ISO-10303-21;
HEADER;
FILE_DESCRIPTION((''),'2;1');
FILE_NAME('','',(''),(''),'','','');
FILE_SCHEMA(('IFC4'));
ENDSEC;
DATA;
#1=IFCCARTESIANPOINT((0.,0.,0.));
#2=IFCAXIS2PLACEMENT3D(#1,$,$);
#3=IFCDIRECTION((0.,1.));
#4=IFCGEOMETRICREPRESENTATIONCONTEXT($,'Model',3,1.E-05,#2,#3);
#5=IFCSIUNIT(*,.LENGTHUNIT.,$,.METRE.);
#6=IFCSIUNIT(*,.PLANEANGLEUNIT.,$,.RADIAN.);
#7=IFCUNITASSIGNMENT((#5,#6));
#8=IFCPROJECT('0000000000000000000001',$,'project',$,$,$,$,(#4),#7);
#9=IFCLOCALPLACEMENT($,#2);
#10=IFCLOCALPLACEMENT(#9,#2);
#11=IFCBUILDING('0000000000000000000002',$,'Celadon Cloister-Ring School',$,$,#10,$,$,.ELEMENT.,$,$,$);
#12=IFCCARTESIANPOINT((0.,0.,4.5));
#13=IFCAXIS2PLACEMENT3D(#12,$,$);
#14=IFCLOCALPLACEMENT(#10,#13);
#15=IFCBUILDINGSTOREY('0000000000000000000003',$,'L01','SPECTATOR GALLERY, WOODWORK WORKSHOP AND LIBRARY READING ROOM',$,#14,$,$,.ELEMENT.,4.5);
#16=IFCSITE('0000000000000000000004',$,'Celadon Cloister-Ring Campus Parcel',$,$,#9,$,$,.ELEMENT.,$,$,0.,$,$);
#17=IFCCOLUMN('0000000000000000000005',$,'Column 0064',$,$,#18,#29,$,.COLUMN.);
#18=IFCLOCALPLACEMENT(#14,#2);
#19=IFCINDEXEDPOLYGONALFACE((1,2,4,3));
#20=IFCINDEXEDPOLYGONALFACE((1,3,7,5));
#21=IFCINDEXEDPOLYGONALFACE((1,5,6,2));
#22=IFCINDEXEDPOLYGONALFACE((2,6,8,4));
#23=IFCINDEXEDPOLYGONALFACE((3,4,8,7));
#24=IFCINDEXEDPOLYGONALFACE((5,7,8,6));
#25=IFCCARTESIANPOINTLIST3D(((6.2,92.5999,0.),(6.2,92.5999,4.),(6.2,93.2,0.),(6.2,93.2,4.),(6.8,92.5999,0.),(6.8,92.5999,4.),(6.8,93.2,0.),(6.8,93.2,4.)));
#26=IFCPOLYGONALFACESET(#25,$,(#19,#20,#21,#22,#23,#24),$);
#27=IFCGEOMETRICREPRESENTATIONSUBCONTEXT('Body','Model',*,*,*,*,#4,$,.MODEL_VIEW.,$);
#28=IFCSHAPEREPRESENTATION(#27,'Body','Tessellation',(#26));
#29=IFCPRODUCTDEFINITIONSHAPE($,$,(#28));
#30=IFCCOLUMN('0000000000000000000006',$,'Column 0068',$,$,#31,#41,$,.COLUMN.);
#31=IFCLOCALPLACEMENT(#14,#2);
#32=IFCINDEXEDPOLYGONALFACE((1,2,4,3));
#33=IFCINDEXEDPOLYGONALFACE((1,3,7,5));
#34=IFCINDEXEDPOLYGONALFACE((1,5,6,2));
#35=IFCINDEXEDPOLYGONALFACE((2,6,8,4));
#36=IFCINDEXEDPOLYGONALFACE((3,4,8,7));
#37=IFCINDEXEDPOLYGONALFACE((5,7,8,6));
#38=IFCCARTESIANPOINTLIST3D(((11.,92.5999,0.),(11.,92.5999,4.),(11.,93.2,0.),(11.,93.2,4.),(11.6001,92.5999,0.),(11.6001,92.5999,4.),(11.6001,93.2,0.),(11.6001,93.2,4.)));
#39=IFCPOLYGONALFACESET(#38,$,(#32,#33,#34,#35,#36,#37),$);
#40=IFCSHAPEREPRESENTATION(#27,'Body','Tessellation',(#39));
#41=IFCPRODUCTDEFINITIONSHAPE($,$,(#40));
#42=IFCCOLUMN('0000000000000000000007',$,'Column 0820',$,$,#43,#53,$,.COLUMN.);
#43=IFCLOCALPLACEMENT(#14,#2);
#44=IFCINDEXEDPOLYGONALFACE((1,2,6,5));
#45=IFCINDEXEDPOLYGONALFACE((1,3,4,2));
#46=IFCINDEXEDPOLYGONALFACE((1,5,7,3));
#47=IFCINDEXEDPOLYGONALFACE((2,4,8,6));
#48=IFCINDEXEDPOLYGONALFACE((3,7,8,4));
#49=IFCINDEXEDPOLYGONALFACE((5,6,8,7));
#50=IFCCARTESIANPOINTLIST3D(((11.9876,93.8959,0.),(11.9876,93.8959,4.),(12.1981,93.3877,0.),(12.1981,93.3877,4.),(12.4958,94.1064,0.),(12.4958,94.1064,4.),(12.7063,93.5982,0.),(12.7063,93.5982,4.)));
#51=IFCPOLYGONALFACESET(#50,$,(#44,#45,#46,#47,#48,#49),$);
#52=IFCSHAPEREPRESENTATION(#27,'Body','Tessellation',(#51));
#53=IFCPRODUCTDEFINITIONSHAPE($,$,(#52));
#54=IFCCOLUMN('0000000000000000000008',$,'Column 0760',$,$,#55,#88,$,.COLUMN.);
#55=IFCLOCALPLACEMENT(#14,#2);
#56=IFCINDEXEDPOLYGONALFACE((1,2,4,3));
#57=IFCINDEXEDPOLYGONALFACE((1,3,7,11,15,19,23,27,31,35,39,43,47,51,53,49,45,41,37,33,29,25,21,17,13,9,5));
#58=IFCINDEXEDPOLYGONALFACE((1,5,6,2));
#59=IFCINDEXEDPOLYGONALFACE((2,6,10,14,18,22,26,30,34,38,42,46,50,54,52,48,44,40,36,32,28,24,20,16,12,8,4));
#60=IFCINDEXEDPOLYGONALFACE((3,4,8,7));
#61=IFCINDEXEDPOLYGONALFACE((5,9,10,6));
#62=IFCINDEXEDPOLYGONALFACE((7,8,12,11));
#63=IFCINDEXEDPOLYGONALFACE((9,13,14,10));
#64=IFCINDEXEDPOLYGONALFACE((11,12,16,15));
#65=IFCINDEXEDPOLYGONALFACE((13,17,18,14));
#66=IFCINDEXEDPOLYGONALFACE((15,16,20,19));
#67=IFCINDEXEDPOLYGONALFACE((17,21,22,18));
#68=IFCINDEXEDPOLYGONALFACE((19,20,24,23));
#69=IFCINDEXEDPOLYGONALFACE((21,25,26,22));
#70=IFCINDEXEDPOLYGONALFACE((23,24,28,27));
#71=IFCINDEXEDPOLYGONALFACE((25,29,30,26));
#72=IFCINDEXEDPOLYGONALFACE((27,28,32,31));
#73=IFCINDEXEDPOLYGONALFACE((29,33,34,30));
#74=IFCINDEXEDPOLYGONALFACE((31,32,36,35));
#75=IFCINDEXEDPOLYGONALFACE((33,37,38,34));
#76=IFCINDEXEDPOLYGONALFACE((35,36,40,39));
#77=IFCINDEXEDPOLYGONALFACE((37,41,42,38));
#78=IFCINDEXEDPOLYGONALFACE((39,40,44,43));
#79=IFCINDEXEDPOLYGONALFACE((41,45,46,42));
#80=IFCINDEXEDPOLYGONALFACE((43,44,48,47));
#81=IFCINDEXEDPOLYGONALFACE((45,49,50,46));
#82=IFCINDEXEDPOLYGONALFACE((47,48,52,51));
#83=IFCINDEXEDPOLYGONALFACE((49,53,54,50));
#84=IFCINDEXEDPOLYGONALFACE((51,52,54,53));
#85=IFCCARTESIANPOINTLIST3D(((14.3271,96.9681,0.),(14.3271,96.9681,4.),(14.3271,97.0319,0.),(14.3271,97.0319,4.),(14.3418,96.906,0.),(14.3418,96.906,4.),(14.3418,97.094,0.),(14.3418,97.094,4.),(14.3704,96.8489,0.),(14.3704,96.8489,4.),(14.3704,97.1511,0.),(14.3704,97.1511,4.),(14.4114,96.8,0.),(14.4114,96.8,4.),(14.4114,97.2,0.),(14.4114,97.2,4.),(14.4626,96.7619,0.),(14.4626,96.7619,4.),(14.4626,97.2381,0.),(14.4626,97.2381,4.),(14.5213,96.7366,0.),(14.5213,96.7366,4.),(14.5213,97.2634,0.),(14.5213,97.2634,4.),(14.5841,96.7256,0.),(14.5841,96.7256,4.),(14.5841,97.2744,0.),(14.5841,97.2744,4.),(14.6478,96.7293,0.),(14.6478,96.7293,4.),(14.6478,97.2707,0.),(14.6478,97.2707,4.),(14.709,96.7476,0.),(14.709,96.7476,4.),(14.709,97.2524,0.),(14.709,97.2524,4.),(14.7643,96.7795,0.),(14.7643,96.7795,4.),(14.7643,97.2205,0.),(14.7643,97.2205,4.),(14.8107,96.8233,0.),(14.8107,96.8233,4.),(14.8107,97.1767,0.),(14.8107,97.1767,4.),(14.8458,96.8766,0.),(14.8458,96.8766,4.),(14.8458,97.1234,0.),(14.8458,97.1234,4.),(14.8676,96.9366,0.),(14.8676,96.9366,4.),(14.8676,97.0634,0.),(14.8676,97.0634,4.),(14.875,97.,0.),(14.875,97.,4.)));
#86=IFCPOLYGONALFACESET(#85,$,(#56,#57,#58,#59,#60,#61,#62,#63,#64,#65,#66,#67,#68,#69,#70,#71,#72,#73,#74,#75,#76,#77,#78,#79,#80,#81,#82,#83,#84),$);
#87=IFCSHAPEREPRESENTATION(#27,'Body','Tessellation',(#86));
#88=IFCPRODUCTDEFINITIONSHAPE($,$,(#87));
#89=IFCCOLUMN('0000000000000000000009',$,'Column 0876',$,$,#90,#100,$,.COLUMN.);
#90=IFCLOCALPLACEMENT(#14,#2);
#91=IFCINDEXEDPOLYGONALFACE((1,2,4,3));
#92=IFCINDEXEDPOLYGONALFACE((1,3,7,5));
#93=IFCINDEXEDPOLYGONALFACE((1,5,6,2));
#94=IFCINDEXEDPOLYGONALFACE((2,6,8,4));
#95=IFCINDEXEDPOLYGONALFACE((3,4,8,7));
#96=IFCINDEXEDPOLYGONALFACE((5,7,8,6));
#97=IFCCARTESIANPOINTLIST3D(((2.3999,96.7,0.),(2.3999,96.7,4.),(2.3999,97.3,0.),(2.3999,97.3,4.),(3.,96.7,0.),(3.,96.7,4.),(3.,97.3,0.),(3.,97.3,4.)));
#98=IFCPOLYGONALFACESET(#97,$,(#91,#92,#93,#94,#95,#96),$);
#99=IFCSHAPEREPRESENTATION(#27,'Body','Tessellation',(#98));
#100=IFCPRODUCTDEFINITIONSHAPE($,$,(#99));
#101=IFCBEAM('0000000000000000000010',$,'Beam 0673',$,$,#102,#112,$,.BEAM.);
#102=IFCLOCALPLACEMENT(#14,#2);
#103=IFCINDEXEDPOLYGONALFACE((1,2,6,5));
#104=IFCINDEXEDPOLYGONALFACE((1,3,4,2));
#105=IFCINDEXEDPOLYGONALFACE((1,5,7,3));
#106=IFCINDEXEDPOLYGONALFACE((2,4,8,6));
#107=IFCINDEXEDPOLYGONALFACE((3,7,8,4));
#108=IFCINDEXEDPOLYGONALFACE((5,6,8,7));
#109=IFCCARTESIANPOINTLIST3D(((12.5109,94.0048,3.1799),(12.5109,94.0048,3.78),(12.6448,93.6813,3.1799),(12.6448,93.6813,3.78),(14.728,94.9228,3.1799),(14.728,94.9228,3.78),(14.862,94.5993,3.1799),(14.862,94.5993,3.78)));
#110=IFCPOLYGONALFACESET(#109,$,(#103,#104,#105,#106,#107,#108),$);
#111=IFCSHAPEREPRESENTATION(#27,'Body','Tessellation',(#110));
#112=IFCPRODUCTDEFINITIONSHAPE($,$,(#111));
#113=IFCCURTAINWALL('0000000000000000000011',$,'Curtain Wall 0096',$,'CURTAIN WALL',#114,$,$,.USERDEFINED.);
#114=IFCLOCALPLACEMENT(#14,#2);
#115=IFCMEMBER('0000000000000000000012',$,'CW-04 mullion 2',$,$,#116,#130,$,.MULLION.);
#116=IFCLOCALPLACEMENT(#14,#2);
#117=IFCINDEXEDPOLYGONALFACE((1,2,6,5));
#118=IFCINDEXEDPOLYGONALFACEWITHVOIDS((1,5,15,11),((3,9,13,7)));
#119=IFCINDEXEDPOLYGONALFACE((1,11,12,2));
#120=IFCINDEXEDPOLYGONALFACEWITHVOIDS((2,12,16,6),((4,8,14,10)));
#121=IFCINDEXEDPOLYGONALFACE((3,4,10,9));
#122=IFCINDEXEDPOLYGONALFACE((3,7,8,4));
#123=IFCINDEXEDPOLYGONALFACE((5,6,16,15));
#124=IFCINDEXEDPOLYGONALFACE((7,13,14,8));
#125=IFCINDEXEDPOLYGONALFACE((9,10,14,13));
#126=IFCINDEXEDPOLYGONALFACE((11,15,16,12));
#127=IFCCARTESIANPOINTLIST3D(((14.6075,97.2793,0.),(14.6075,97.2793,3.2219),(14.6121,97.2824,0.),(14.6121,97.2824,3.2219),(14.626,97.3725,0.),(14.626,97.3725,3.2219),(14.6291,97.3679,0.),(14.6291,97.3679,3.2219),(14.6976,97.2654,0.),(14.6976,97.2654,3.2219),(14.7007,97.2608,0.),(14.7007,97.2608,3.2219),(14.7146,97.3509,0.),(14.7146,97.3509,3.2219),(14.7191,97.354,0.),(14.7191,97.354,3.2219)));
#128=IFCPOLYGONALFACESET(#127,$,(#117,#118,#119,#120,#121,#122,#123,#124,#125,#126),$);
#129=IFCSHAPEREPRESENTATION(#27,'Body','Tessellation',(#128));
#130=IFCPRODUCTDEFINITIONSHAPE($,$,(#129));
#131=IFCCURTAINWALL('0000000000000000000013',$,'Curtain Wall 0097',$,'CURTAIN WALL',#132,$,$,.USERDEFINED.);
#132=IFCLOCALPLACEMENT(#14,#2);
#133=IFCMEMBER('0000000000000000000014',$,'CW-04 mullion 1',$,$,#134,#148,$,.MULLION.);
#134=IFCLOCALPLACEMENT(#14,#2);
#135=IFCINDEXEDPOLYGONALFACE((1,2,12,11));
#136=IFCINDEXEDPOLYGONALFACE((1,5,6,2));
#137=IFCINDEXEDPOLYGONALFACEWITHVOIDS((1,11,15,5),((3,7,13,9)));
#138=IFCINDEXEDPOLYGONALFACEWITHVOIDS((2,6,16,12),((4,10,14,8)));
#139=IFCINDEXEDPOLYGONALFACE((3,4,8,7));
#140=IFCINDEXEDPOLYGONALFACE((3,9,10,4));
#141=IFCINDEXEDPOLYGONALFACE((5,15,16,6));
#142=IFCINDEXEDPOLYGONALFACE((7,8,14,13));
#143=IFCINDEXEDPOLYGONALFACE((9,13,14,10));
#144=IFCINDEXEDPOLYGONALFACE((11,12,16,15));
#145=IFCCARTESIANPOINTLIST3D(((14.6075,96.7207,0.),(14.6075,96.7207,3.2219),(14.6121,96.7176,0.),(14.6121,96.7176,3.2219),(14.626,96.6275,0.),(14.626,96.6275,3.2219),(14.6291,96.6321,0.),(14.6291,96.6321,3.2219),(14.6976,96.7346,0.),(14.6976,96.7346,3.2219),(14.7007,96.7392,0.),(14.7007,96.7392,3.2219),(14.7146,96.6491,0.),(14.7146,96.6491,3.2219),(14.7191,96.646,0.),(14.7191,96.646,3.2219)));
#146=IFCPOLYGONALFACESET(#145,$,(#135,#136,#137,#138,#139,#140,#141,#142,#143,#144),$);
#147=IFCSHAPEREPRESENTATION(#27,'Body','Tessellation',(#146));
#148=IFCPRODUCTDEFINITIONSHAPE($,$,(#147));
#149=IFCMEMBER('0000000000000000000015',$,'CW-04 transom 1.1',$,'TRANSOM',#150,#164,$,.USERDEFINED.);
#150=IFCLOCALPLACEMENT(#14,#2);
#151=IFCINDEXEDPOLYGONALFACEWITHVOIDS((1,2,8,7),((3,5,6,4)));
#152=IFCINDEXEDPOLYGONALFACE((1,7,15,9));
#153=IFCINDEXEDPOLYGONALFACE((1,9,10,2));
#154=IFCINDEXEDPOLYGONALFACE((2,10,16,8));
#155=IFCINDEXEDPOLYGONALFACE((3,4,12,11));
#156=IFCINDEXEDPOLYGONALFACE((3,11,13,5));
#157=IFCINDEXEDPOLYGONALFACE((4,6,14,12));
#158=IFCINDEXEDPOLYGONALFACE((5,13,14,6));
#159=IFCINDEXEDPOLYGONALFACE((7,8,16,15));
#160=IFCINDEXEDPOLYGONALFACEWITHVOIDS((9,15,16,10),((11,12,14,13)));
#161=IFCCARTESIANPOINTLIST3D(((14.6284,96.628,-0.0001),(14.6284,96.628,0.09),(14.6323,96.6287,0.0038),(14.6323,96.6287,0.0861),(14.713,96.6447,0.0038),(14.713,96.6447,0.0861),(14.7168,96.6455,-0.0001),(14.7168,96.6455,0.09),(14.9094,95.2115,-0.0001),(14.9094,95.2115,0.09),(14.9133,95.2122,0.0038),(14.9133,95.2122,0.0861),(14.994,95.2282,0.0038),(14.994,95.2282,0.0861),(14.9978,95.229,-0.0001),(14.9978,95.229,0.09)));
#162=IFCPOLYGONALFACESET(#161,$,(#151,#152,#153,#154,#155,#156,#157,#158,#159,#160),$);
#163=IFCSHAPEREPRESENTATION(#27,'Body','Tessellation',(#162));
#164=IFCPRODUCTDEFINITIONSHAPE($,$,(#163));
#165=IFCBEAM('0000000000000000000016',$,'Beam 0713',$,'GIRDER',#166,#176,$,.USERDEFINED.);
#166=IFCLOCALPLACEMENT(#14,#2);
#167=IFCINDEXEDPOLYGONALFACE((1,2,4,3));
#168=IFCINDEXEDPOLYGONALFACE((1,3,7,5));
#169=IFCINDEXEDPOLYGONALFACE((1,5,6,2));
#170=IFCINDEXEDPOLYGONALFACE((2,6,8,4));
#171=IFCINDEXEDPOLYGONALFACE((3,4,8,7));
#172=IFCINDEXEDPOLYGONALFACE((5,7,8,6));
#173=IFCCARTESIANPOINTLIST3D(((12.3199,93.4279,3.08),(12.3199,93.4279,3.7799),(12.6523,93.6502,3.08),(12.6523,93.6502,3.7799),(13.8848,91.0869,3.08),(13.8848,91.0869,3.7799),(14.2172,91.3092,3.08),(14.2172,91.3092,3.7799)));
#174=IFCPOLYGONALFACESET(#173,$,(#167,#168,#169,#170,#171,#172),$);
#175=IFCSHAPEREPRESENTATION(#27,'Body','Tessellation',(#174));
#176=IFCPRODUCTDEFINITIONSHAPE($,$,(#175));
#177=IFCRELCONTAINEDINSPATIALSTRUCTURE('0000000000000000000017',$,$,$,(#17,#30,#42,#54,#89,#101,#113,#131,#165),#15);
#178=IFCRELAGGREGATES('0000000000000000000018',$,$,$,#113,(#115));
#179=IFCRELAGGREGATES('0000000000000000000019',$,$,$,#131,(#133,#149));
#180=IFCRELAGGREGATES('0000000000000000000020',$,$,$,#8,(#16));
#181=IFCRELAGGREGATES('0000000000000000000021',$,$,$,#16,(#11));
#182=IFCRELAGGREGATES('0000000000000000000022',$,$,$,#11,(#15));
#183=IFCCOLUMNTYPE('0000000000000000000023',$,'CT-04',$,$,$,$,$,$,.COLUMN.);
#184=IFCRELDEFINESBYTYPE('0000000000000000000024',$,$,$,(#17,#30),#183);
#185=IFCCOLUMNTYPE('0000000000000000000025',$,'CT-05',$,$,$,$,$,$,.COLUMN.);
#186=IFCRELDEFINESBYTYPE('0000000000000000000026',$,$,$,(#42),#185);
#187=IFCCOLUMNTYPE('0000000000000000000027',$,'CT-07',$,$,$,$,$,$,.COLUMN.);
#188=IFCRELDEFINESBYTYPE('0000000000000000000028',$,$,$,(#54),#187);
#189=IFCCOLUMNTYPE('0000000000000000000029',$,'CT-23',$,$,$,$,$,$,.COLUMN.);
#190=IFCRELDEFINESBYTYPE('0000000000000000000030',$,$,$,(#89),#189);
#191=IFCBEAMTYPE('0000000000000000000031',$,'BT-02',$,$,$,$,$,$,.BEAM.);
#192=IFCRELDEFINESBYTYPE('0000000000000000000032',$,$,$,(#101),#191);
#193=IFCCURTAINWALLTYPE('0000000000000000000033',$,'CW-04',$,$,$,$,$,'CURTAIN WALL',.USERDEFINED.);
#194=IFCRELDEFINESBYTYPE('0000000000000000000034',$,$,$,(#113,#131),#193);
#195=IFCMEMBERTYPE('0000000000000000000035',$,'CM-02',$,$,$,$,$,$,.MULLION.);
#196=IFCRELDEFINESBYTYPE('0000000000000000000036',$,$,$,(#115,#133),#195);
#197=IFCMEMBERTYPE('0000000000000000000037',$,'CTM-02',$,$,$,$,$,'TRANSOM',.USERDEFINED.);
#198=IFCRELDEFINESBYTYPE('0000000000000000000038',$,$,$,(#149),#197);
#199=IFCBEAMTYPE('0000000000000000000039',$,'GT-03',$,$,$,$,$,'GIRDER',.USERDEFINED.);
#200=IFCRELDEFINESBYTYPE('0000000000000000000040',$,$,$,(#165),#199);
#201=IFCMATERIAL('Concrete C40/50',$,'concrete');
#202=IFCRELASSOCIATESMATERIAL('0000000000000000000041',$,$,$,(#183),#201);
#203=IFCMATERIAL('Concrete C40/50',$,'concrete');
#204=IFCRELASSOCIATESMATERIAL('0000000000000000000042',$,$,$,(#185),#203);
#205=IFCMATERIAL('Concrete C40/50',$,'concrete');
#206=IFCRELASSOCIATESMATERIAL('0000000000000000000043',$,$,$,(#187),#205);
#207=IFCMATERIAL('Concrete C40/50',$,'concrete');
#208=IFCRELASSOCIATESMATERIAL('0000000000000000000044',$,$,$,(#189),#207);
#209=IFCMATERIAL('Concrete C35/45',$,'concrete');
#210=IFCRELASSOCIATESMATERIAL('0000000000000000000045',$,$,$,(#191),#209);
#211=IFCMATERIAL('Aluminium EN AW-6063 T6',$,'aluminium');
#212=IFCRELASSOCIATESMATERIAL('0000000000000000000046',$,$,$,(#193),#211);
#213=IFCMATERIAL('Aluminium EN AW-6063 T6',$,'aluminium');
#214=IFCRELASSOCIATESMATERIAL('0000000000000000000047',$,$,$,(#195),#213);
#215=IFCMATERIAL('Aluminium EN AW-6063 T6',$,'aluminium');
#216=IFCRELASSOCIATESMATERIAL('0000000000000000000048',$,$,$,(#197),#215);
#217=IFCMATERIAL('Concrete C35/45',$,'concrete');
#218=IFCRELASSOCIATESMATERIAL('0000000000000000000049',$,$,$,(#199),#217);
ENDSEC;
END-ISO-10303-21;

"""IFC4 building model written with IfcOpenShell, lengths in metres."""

from ifc_helpers import new_model, si_unit, direction, frame, origin, origin_2d, place, context, subcontext, project, spatial, rectangle, hollow_rectangle, circle, extrude, material, material_profile, profile_set, type_object, element, aggregate, save


model = new_model("IFC4")

# Units and contexts
model_context = context("Model", 3, precision=1e-05, world=origin(), true_north=direction((0.0, 1.0)))
body_context = subcontext(model_context, "Body", "Model", "MODEL_VIEW")
ifc_project = project(units=[si_unit("LENGTHUNIT", "METRE"), si_unit("PLANEANGLEUNIT", "RADIAN")], contexts=[model_context])

# Site, building, storey
site_placement = place(None, origin())
site = spatial("IfcSite", under=ifc_project, at=site_placement, Name="Celadon Cloister-Ring Campus Parcel", CompositionType="ELEMENT", RefElevation=0.0)
building_placement = place(site_placement, origin())
building = spatial("IfcBuilding", under=site, at=building_placement, Name="Celadon Cloister-Ring School", CompositionType="ELEMENT")
storey_placement = place(building_placement, frame((0.0, 0.0, 4.5)))
storey = spatial("IfcBuildingStorey", under=building, at=storey_placement, Name="L01", Description="SPECTATOR GALLERY, WOODWORK WORKSHOP AND LIBRARY READING ROOM", CompositionType="ELEMENT", Elevation=4.5)

# Columns
ifc_material_1 = material(Name="Concrete C40/50", Category="concrete")
ifc_material_profile_1 = material_profile(ifc_material_1, rectangle(XDim=0.6001, YDim=0.6001, at=origin_2d()), Name="RC600X600")
ifc_profile_set_1 = profile_set([ifc_material_profile_1], Name="Concrete C40/50")
column_type_1 = type_object("IfcColumnType", Name="CT-04", PredefinedType="COLUMN", material=ifc_profile_set_1)
for number, where, z_axis, x_axis, name in (
    (1, (6.5, 92.8999, 0.0), (0.0, 0.0, 1.0), (1.0, 0.0, 0.0), "Column 0064"),
    (2, (11.3, 92.8999, 0.0), (0.0, 0.0, 1.0), (1.0, 0.0, 0.0), "Column 0068"),
):
    element("IfcColumn", number, at=place(storey_placement, frame(where, z_axis=z_axis, x_axis=x_axis)), inside=storey, type_object=column_type_1, Name=name, PredefinedType="COLUMN", context=body_context, shape_type="SweptSolid", body=[
        extrude(rectangle(XDim=0.6001, YDim=0.6001, at=origin_2d()), origin(), (0.0, 0.0, 1.0), 4.0),
    ])
ifc_material_2 = material(Name="Concrete C40/50", Category="concrete")
ifc_material_profile_2 = material_profile(ifc_material_2, rectangle(XDim=0.55, YDim=0.55, at=origin_2d()), Name="RC550X550")
ifc_profile_set_2 = profile_set([ifc_material_profile_2], Name="Concrete C40/50")
column_type_2 = type_object("IfcColumnType", Name="CT-05", PredefinedType="COLUMN", material=ifc_profile_set_2)
column_1_placement = place(storey_placement, frame((12.3469, 93.7471, 0.0), z_axis=(0.0, 0.0, 1.0), x_axis=(-0.92388, -0.382683, 0.0)))
element("IfcColumn", 3, at=column_1_placement, inside=storey, type_object=column_type_2, Name="Column 0820", PredefinedType="COLUMN", context=body_context, shape_type="SweptSolid", body=[
    extrude(rectangle(XDim=0.55, YDim=0.55, at=origin_2d()), origin(), (0.0, 0.0, 1.0), 4.0),
])
ifc_material_3 = material(Name="Concrete C40/50", Category="concrete")
ifc_material_profile_3 = material_profile(ifc_material_3, circle(Radius=0.2749, at=origin_2d()), Name="CIRC550")
ifc_profile_set_3 = profile_set([ifc_material_profile_3], Name="Concrete C40/50")
column_type_3 = type_object("IfcColumnType", Name="CT-07", PredefinedType="COLUMN", material=ifc_profile_set_3)
column_2_placement = place(storey_placement, frame((14.6001, 97.0, 0.0), z_axis=(0.0, 0.0, 1.0), x_axis=(1.0, 0.0, 0.0)))
element("IfcColumn", 4, at=column_2_placement, inside=storey, type_object=column_type_3, Name="Column 0760", PredefinedType="COLUMN", context=body_context, shape_type="SweptSolid", body=[
    extrude(circle(Radius=0.2749, at=origin_2d()), origin(), (0.0, 0.0, 1.0), 4.0),
])
ifc_material_4 = material(Name="Concrete C40/50", Category="concrete")
ifc_material_profile_4 = material_profile(ifc_material_4, rectangle(XDim=0.6001, YDim=0.6001, at=origin_2d()), Name="RC600X600")
ifc_profile_set_4 = profile_set([ifc_material_profile_4], Name="Concrete C40/50")
column_type_4 = type_object("IfcColumnType", Name="CT-23", PredefinedType="COLUMN", material=ifc_profile_set_4)
column_3_placement = place(storey_placement, frame((2.7, 97.0, 0.0), z_axis=(0.0, 0.0, 1.0), x_axis=(-1.0, 0.0, 0.0)))
element("IfcColumn", 5, at=column_3_placement, inside=storey, type_object=column_type_4, Name="Column 0876", PredefinedType="COLUMN", context=body_context, shape_type="SweptSolid", body=[
    extrude(rectangle(XDim=0.6001, YDim=0.6001, at=origin_2d()), origin(), (0.0, 0.0, 1.0), 4.0),
])

# Beam
ifc_material_5 = material(Name="Concrete C35/45", Category="concrete")
ifc_material_profile_5 = material_profile(ifc_material_5, rectangle(XDim=0.3501, YDim=0.6001, at=origin_2d()), Name="RC350X600")
ifc_profile_set_5 = profile_set([ifc_material_profile_5], Name="Concrete C35/45")
beam_type_1 = type_object("IfcBeamType", Name="BT-02", PredefinedType="BEAM", material=ifc_profile_set_5)
beam_1_placement = place(storey_placement, frame((12.5779, 93.843, 3.48), z_axis=(0.923933, 0.382555, 0.0), x_axis=(-0.382555, 0.923933, 0.0)))
element("IfcBeam", 6, at=beam_1_placement, inside=storey, type_object=beam_type_1, Name="Beam 0673", PredefinedType="BEAM", context=body_context, shape_type="SweptSolid", body=[
    extrude(rectangle(XDim=0.3501, YDim=0.6001, at=origin_2d()), origin(), (0.0, 0.0, 1.0), 2.3997),
])

# Curtain wall, member
ifc_material_6 = material(Name="Aluminium EN AW-6063 T6", Category="aluminium")
curtain_wall_type = type_object("IfcCurtainWallType", Name="CW-04", ElementType="CURTAIN WALL", PredefinedType="USERDEFINED", material=ifc_material_6)
curtain_wall_1_placement = place(storey_placement, origin())
curtain_wall_1 = element("IfcCurtainWall", 7, at=curtain_wall_1_placement, inside=storey, type_object=curtain_wall_type, Name="Curtain Wall 0096", ObjectType="CURTAIN WALL", PredefinedType="USERDEFINED")
ifc_material_7 = material(Name="Aluminium EN AW-6063 T6", Category="aluminium")
ifc_material_profile_6 = material_profile(ifc_material_7, hollow_rectangle(XDim=0.095, YDim=0.095, WallThickness=0.0039, at=origin_2d()), Name="RHS95X95X4")
ifc_profile_set_6 = profile_set([ifc_material_profile_6], Name="Aluminium EN AW-6063 T6")
member_type_1 = type_object("IfcMemberType", Name="CM-02", PredefinedType="MULLION", material=ifc_profile_set_6)
member_1_placement = place(storey_placement, frame((14.6633, 97.3167, 0.0), z_axis=(0.0, 0.0, 1.0), x_axis=(0.980885, -0.194586, 0.0)))
member_1 = element("IfcMember", 8, at=member_1_placement, type_object=member_type_1, Name="CW-04 mullion 2", PredefinedType="MULLION", context=body_context, shape_type="SweptSolid", body=[
    extrude(hollow_rectangle(XDim=0.095, YDim=0.095, WallThickness=0.0039, at=origin_2d()), origin(), (0.0, 0.0, 1.0), 3.2219),
])
aggregate(curtain_wall_1, [member_1])

# Curtain wall, members
curtain_wall_2_placement = place(storey_placement, origin())
curtain_wall_2 = element("IfcCurtainWall", 9, at=curtain_wall_2_placement, inside=storey, type_object=curtain_wall_type, Name="Curtain Wall 0097", ObjectType="CURTAIN WALL", PredefinedType="USERDEFINED")
member_2_placement = place(storey_placement, frame((14.6633, 96.6833, 0.0), z_axis=(0.0, 0.0, 1.0), x_axis=(0.980885, 0.194586, 0.0)))
member_2 = element("IfcMember", 10, at=member_2_placement, type_object=member_type_1, Name="CW-04 mullion 1", PredefinedType="MULLION", context=body_context, shape_type="SweptSolid", body=[
    extrude(hollow_rectangle(XDim=0.095, YDim=0.095, WallThickness=0.0039, at=origin_2d()), origin(), (0.0, 0.0, 1.0), 3.2219),
])
ifc_material_8 = material(Name="Aluminium EN AW-6063 T6", Category="aluminium")
ifc_material_profile_7 = material_profile(ifc_material_8, hollow_rectangle(XDim=0.0901, YDim=0.0901, WallThickness=0.0039, at=origin_2d()), Name="RHS90X90X4")
ifc_profile_set_7 = profile_set([ifc_material_profile_7], Name="Aluminium EN AW-6063 T6")
member_type_2 = type_object("IfcMemberType", Name="CTM-02", ElementType="TRANSOM", PredefinedType="USERDEFINED", material=ifc_profile_set_7)
member_3_placement = place(storey_placement, frame((14.6726, 96.6367, 0.0449), z_axis=(0.194588, -0.980885, 0.0), x_axis=(0.980885, 0.194588, 0.0)))
member_3 = element("IfcMember", 11, at=member_3_placement, type_object=member_type_2, Name="CW-04 transom 1.1", ObjectType="TRANSOM", PredefinedType="USERDEFINED", context=body_context, shape_type="SweptSolid", body=[
    extrude(hollow_rectangle(XDim=0.0901, YDim=0.0901, WallThickness=0.0039, at=origin_2d()), origin(), (0.0, 0.0, 1.0), 1.4441),
])
aggregate(curtain_wall_2, [member_2, member_3])

# Beam
ifc_material_9 = material(Name="Concrete C35/45", Category="concrete")
ifc_material_profile_8 = material_profile(ifc_material_9, rectangle(XDim=0.3999, YDim=0.7, at=origin_2d()), Name="RC400X700")
ifc_profile_set_8 = profile_set([ifc_material_profile_8], Name="Concrete C35/45")
beam_type_2 = type_object("IfcBeamType", Name="GT-03", ElementType="GIRDER", PredefinedType="USERDEFINED", material=ifc_profile_set_8)
beam_2_placement = place(storey_placement, frame((12.4861, 93.5391, 3.4299), z_axis=(0.55574, -0.831356, 0.0), x_axis=(0.831356, 0.55574, 0.0)))
element("IfcBeam", 12, at=beam_2_placement, inside=storey, type_object=beam_type_2, Name="Beam 0713", ObjectType="GIRDER", PredefinedType="USERDEFINED", context=body_context, shape_type="SweptSolid", body=[
    extrude(rectangle(XDim=0.3999, YDim=0.7, at=origin_2d()), origin(), (0.0, 0.0, 1.0), 2.8159),
])

save(model, "model.ifc")
